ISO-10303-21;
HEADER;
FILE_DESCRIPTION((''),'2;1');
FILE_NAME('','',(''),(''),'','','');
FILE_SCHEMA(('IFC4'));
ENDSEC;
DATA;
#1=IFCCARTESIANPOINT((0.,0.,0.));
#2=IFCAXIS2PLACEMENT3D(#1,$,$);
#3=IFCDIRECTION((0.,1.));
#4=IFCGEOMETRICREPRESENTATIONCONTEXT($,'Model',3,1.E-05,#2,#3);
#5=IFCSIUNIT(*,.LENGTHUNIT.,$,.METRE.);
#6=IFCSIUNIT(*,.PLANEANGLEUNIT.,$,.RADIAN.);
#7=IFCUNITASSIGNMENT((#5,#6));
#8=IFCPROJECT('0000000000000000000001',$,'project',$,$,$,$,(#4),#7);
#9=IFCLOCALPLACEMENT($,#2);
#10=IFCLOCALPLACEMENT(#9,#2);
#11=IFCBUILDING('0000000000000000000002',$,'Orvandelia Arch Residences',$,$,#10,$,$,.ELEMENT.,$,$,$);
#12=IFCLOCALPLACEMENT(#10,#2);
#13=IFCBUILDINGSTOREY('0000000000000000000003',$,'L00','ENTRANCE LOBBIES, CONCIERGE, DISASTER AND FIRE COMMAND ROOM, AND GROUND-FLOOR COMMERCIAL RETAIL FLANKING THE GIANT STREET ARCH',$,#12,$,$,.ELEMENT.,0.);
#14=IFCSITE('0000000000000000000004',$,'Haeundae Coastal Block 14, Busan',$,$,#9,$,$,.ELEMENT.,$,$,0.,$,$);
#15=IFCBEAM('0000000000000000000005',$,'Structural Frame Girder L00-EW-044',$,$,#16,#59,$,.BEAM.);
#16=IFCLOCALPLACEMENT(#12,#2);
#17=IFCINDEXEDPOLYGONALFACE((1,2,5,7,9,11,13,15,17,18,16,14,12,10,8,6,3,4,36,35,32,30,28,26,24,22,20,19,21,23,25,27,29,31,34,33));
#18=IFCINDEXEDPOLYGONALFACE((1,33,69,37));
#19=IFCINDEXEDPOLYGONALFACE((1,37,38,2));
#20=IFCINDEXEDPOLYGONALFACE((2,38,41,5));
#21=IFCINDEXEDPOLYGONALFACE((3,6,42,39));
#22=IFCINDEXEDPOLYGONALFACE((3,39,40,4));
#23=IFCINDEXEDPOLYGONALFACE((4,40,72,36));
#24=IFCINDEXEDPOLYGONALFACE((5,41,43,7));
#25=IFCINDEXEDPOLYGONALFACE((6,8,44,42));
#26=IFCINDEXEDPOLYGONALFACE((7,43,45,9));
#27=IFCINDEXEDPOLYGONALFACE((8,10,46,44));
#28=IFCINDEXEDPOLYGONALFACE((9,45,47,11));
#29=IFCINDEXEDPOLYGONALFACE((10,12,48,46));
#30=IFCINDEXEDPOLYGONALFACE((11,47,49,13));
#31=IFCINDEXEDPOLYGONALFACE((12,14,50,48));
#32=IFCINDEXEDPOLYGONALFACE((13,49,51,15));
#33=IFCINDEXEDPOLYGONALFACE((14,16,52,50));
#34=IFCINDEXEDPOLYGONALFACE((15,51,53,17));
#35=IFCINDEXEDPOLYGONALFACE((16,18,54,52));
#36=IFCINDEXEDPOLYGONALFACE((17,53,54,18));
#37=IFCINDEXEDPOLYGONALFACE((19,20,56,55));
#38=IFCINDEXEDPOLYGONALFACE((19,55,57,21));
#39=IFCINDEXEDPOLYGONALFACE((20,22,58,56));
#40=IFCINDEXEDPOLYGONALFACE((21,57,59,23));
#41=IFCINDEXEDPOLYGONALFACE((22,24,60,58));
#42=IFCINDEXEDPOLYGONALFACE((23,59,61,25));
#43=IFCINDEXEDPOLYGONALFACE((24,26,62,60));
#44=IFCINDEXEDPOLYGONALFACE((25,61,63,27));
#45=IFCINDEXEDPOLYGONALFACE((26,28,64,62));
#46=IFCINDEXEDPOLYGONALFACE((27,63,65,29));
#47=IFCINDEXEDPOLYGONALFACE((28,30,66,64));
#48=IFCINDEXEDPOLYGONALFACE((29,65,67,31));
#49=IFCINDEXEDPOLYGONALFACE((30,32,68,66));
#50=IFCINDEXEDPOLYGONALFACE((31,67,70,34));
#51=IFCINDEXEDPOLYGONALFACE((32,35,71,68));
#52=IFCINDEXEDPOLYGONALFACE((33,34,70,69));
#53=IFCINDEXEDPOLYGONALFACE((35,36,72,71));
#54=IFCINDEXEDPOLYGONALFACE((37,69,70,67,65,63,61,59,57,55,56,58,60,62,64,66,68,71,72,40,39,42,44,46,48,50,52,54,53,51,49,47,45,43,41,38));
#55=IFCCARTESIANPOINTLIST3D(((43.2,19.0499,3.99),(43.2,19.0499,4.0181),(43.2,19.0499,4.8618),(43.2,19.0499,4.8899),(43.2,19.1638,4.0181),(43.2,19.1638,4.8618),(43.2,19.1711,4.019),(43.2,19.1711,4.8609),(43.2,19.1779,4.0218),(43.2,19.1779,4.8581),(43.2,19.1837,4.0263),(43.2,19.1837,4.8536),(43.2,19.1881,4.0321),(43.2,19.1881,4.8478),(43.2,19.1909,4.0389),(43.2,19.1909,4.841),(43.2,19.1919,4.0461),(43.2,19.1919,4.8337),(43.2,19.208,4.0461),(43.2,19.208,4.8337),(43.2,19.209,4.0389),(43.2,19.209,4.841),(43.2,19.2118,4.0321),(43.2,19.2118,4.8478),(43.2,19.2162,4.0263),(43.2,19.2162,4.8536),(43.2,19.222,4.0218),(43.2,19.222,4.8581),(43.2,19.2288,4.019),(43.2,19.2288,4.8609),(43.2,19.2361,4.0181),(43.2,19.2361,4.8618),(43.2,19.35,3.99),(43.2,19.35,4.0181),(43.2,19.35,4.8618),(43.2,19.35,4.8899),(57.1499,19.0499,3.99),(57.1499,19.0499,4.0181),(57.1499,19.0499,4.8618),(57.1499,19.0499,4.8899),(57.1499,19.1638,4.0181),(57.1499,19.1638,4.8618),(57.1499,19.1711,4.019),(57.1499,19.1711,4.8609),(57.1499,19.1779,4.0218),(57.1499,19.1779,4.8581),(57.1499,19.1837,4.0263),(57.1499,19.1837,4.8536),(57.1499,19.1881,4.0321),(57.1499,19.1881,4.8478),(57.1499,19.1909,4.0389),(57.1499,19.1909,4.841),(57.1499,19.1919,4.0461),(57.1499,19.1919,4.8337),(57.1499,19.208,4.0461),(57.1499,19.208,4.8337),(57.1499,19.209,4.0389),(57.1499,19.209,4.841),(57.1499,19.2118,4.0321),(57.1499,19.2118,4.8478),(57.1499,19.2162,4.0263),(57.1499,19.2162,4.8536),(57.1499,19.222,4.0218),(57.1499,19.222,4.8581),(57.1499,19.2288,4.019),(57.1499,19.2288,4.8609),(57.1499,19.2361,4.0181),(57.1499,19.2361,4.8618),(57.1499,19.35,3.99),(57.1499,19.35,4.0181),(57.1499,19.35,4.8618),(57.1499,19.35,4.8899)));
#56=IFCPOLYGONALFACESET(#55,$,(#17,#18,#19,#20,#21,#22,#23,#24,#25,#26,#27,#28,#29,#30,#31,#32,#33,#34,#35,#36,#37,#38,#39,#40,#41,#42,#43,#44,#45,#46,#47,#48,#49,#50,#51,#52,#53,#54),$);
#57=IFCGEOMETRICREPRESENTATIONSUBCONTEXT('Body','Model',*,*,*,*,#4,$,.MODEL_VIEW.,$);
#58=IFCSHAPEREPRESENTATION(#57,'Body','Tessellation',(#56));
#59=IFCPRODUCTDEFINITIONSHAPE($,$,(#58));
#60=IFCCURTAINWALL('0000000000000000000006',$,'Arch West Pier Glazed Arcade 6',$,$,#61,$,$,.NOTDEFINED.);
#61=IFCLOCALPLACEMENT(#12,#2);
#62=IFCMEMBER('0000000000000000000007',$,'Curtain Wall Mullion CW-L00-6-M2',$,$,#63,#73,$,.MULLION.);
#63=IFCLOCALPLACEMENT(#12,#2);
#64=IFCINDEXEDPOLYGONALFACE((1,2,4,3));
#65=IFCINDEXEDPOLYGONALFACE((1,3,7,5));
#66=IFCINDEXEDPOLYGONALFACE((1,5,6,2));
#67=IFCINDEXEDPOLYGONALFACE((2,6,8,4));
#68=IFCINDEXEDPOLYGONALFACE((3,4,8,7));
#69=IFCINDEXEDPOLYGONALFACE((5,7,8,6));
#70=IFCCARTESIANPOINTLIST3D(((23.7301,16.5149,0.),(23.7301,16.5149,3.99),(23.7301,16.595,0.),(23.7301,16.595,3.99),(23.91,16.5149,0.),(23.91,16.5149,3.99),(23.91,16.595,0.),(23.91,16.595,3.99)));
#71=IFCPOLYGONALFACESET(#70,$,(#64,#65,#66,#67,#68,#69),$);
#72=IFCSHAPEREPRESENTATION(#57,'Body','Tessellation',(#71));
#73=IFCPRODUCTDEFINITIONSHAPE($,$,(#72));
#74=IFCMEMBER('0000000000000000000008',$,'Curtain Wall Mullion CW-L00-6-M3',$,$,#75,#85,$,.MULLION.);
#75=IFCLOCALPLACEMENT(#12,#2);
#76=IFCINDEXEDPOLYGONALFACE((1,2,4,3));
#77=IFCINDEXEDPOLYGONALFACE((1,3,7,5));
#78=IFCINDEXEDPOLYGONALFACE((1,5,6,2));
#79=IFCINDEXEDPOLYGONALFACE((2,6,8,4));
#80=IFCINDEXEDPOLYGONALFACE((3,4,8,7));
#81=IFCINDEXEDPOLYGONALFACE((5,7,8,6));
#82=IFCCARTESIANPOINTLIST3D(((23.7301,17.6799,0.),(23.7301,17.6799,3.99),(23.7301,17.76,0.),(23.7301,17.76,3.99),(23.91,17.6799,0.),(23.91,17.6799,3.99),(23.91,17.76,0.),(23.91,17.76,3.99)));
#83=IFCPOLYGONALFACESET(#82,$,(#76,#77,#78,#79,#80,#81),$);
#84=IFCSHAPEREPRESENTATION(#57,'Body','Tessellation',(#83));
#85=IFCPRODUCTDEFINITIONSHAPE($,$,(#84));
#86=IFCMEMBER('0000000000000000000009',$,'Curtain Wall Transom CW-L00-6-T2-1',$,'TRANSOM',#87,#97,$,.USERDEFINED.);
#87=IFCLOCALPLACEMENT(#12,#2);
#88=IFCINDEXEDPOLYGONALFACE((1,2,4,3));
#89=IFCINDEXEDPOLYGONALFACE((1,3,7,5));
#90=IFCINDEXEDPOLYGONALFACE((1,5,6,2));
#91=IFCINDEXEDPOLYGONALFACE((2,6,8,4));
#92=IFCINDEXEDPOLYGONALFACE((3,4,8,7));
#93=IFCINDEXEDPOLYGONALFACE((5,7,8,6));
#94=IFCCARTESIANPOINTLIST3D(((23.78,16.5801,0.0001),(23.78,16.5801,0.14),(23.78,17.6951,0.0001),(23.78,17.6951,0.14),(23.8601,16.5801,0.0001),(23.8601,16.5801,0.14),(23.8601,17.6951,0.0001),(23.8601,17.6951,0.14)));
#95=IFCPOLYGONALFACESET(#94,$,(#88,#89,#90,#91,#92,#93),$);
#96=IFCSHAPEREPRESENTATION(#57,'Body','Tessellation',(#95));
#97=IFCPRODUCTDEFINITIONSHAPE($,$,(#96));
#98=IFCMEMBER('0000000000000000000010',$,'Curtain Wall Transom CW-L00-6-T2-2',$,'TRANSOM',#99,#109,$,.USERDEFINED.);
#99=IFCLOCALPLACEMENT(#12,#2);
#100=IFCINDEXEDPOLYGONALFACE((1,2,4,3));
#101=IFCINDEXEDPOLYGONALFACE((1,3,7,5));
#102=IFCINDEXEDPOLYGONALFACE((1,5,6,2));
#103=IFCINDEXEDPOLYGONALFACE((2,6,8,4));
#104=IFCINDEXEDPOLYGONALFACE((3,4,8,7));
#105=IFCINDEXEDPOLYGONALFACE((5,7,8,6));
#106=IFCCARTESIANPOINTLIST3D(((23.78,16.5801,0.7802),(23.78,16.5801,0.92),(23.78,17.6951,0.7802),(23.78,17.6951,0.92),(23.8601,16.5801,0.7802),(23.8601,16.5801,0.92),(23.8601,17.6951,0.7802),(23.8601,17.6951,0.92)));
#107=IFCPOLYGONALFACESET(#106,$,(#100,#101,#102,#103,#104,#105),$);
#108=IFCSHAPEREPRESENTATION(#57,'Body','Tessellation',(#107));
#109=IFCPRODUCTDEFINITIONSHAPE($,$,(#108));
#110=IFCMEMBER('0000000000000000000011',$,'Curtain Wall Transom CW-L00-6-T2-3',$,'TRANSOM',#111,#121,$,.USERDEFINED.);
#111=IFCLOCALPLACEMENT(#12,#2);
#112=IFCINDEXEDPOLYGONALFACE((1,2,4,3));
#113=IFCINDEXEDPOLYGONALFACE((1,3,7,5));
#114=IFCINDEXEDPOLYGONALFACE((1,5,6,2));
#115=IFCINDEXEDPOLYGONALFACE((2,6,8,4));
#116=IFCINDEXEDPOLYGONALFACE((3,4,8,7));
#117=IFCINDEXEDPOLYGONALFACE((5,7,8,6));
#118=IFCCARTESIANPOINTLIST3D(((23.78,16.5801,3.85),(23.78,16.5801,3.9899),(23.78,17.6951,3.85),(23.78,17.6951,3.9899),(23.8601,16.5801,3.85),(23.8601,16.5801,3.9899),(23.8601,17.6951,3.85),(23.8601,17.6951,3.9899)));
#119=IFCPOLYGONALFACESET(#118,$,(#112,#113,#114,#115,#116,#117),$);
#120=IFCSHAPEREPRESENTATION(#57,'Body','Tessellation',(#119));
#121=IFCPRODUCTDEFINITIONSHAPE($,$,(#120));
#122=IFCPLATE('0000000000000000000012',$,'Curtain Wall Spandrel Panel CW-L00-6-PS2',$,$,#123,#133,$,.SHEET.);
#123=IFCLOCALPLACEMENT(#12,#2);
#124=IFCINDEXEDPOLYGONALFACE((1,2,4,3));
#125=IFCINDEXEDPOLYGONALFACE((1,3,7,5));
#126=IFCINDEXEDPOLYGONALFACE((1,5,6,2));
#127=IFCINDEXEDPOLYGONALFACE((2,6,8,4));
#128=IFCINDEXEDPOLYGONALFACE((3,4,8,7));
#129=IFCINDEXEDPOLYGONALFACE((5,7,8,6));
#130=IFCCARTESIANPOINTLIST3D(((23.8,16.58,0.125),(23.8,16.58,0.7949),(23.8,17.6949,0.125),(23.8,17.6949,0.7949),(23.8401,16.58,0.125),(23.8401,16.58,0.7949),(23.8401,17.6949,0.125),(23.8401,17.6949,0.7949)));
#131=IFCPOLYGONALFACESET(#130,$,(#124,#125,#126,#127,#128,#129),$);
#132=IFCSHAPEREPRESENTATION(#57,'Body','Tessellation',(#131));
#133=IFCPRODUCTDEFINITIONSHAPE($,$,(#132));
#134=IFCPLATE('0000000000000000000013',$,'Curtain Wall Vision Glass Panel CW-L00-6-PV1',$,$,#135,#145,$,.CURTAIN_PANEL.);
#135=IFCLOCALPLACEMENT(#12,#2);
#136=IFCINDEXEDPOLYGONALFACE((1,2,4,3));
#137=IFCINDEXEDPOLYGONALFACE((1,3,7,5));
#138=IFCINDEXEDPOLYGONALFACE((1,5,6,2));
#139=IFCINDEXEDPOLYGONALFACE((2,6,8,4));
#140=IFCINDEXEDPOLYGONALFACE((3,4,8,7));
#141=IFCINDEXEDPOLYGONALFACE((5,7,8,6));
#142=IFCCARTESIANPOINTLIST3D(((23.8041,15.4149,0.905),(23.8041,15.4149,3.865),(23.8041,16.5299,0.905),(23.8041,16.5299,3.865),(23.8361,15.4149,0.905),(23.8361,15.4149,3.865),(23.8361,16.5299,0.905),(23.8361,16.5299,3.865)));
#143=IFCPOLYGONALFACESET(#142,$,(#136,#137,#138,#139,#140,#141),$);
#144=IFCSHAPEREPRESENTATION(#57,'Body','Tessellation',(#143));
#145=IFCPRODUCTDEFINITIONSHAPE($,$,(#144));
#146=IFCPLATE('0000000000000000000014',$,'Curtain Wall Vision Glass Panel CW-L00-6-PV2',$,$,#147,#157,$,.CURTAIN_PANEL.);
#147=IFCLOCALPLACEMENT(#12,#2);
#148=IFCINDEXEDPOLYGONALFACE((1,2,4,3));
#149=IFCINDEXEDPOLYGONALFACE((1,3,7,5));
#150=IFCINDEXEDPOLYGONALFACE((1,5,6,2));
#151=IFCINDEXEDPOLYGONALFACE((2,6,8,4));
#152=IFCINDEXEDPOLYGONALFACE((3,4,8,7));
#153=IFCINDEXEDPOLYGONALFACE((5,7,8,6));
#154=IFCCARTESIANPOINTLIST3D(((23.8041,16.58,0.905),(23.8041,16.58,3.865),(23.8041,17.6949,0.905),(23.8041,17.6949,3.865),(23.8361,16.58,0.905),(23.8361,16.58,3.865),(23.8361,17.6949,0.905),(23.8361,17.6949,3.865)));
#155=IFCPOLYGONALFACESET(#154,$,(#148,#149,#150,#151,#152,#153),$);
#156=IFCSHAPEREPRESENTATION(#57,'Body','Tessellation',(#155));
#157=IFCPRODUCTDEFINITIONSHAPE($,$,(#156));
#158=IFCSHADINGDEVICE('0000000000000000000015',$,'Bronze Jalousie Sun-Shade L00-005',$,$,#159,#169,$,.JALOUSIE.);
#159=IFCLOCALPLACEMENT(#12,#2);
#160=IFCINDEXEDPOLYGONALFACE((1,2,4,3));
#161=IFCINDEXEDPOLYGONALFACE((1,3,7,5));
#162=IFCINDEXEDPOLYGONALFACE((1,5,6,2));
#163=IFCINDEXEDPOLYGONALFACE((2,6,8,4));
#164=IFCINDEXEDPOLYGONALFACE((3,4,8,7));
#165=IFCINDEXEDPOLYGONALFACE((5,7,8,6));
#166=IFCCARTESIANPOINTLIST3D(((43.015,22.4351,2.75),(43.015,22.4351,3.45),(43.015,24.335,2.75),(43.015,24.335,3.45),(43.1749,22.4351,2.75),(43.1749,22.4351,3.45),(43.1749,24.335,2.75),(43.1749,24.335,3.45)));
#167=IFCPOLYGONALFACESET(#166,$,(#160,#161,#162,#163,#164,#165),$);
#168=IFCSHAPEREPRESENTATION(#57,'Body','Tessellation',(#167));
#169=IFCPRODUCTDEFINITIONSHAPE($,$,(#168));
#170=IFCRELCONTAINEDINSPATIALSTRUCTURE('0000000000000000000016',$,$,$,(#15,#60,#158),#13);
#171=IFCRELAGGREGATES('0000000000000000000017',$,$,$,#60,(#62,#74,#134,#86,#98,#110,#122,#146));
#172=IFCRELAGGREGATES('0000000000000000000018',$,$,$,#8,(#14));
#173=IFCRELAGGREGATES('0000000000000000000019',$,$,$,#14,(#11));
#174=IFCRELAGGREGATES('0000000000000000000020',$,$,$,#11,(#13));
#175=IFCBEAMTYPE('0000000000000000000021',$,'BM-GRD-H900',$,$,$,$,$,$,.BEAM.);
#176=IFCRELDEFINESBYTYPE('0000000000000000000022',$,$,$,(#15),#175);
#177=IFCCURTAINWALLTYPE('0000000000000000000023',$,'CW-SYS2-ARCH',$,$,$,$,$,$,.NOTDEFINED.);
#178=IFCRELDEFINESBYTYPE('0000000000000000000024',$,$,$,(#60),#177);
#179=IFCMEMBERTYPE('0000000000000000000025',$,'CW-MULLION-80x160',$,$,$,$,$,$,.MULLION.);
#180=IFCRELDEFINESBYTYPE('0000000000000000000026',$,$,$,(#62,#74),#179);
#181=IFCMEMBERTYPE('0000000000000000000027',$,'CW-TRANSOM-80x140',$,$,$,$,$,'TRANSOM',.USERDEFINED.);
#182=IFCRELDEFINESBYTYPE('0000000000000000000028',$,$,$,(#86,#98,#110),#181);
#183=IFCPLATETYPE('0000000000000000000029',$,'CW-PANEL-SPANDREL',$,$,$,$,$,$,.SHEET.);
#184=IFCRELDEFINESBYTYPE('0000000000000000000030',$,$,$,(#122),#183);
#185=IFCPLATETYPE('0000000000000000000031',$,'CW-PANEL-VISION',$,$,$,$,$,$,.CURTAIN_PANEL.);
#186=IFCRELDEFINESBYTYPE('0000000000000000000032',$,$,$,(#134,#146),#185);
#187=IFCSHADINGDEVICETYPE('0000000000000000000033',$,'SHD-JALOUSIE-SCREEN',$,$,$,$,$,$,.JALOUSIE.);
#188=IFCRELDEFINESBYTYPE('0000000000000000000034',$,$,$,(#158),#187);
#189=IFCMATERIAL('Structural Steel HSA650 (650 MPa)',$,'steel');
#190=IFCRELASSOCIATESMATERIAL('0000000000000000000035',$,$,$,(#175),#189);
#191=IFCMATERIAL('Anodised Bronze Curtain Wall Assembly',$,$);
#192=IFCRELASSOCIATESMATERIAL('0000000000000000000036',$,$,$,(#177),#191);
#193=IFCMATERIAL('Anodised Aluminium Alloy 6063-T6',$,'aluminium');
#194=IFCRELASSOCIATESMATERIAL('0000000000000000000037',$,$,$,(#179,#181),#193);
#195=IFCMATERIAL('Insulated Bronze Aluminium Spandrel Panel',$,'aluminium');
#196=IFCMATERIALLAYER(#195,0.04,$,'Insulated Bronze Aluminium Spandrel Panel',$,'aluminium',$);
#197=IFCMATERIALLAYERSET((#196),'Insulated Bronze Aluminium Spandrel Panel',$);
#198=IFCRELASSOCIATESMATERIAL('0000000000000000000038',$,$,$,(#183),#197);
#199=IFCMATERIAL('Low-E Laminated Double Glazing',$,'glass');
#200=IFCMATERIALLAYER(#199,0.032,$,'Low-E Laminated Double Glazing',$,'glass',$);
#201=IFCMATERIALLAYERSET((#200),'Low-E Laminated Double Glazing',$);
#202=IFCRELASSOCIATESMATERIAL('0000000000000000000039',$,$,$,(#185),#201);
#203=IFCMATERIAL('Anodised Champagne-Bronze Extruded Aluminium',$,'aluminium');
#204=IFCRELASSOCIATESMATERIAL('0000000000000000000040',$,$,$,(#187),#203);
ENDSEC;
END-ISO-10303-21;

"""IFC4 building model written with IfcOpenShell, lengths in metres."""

from ifc_helpers import new_model, si_unit, direction, frame, origin, origin_2d, place, context, subcontext, project, spatial, rectangle, i_section, extrude, material, layer, layer_set, material_profile, profile_set, type_object, element, aggregate, save


model = new_model("IFC4")

# Units and contexts
model_context = context("Model", 3, precision=1e-05, world=origin(), true_north=direction((0.0, 1.0)))
body_context = subcontext(model_context, "Body", "Model", "MODEL_VIEW")
ifc_project = project(units=[si_unit("LENGTHUNIT", "METRE"), si_unit("PLANEANGLEUNIT", "RADIAN")], contexts=[model_context])

# Site, building, storey
site_placement = place(None, origin())
site = spatial("IfcSite", under=ifc_project, at=site_placement, Name="Haeundae Coastal Block 14, Busan", CompositionType="ELEMENT", RefElevation=0.0)
building_placement = place(site_placement, origin())
building = spatial("IfcBuilding", under=site, at=building_placement, Name="Orvandelia Arch Residences", CompositionType="ELEMENT")
storey_placement = place(building_placement, origin())
storey = spatial("IfcBuildingStorey", under=building, at=storey_placement, Name="L00", Description="ENTRANCE LOBBIES, CONCIERGE, DISASTER AND FIRE COMMAND ROOM, AND GROUND-FLOOR COMMERCIAL RETAIL FLANKING THE GIANT STREET ARCH", CompositionType="ELEMENT", Elevation=0.0)

# Beam
ifc_material_1 = material(Name="Structural Steel HSA650 (650 MPa)", Category="steel")
ifc_material_profile_1 = material_profile(ifc_material_1, i_section(OverallWidth=0.3, OverallDepth=0.8999, WebThickness=0.0161, FlangeThickness=0.0281, FilletRadius=0.0281, at=origin_2d()), Name="Structural Steel HSA650 (650 MPa)", Category="steel")
ifc_profile_set_1 = profile_set([ifc_material_profile_1], Name="Structural Steel HSA650 (650 MPa)")
beam_type = type_object("IfcBeamType", Name="BM-GRD-H900", PredefinedType="BEAM", material=ifc_profile_set_1)
beam_1_placement = place(storey_placement, frame((43.2, 19.2, 4.4399), z_axis=(1.0, 0.0, 0.0), x_axis=(0.0, 1.0, 0.0)))
element("IfcBeam", 1, at=beam_1_placement, inside=storey, type_object=beam_type, Name="Structural Frame Girder L00-EW-044", PredefinedType="BEAM", context=body_context, shape_type="SweptSolid", body=[
    extrude(i_section(OverallWidth=0.3, OverallDepth=0.8999, WebThickness=0.0161, FlangeThickness=0.0281, FilletRadius=0.0281, at=origin_2d()), origin(), (0.0, 0.0, 1.0), 13.95),
])

# Curtain wall, members, plates
ifc_material_2 = material(Name="Anodised Bronze Curtain Wall Assembly")
curtain_wall_type = type_object("IfcCurtainWallType", Name="CW-SYS2-ARCH", PredefinedType="NOTDEFINED", material=ifc_material_2)
curtain_wall_placement = place(storey_placement, origin())
curtain_wall = element("IfcCurtainWall", 2, at=curtain_wall_placement, inside=storey, type_object=curtain_wall_type, Name="Arch West Pier Glazed Arcade 6", PredefinedType="NOTDEFINED")
ifc_material_3 = material(Name="Anodised Aluminium Alloy 6063-T6", Category="aluminium")
ifc_material_profile_2 = material_profile(ifc_material_3, rectangle(XDim=0.0801, YDim=0.1799, at=origin_2d()), Name="Anodised Aluminium Alloy 6063-T6", Category="aluminium")
ifc_profile_set_2 = profile_set([ifc_material_profile_2], Name="Anodised Aluminium Alloy 6063-T6")
member_type_1 = type_object("IfcMemberType", Name="CW-MULLION-80x160", PredefinedType="MULLION", material=ifc_profile_set_2)
member_1_placement = place(storey_placement, frame((23.8201, 16.5549, 0.0), z_axis=(0.0, 0.0, 1.0), x_axis=(0.0, 1.0, 0.0)))
member_1 = element("IfcMember", 3, at=member_1_placement, type_object=member_type_1, Name="Curtain Wall Mullion CW-L00-6-M2", PredefinedType="MULLION", context=body_context, shape_type="SweptSolid", body=[
    extrude(rectangle(XDim=0.0801, YDim=0.1799, at=origin_2d()), origin(), (0.0, 0.0, 1.0), 3.99),
])
member_2_placement = place(storey_placement, frame((23.8201, 17.72, 0.0), z_axis=(0.0, 0.0, 1.0), x_axis=(0.0, 1.0, 0.0)))
member_2 = element("IfcMember", 4, at=member_2_placement, type_object=member_type_1, Name="Curtain Wall Mullion CW-L00-6-M3", PredefinedType="MULLION", context=body_context, shape_type="SweptSolid", body=[
    extrude(rectangle(XDim=0.0801, YDim=0.1799, at=origin_2d()), origin(), (0.0, 0.0, 1.0), 3.99),
])
ifc_material_profile_3 = material_profile(ifc_material_3, rectangle(XDim=0.0801, YDim=0.1399, at=origin_2d()), Name="Anodised Aluminium Alloy 6063-T6", Category="aluminium")
ifc_profile_set_3 = profile_set([ifc_material_profile_3], Name="Anodised Aluminium Alloy 6063-T6")
member_type_2 = type_object("IfcMemberType", Name="CW-TRANSOM-80x140", ElementType="TRANSOM", PredefinedType="USERDEFINED", material=ifc_profile_set_3)
member_3_placement = place(storey_placement, frame((23.8201, 16.5801, 0.0701), z_axis=(0.0, 1.0, 0.0), x_axis=(-1.0, 0.0, 0.0)))
member_3 = element("IfcMember", 5, at=member_3_placement, type_object=member_type_2, Name="Curtain Wall Transom CW-L00-6-T2-1", ObjectType="TRANSOM", PredefinedType="USERDEFINED", context=body_context, shape_type="SweptSolid", body=[
    extrude(rectangle(XDim=0.0801, YDim=0.1399, at=origin_2d()), origin(), (0.0, 0.0, 1.0), 1.115),
])
member_4_placement = place(storey_placement, frame((23.8201, 16.5801, 0.8501), z_axis=(0.0, 1.0, 0.0), x_axis=(-1.0, 0.0, 0.0)))
member_4 = element("IfcMember", 6, at=member_4_placement, type_object=member_type_2, Name="Curtain Wall Transom CW-L00-6-T2-2", ObjectType="TRANSOM", PredefinedType="USERDEFINED", context=body_context, shape_type="SweptSolid", body=[
    extrude(rectangle(XDim=0.0801, YDim=0.1399, at=origin_2d()), origin(), (0.0, 0.0, 1.0), 1.115),
])
member_5_placement = place(storey_placement, frame((23.8201, 16.5801, 3.9199), z_axis=(0.0, 1.0, 0.0), x_axis=(-1.0, 0.0, 0.0)))
member_5 = element("IfcMember", 7, at=member_5_placement, type_object=member_type_2, Name="Curtain Wall Transom CW-L00-6-T2-3", ObjectType="TRANSOM", PredefinedType="USERDEFINED", context=body_context, shape_type="SweptSolid", body=[
    extrude(rectangle(XDim=0.0801, YDim=0.1399, at=origin_2d()), origin(), (0.0, 0.0, 1.0), 1.115),
])
ifc_material_4 = material(Name="Insulated Bronze Aluminium Spandrel Panel", Category="aluminium")
ifc_layer_1 = layer(ifc_material_4, 0.04, Name="Insulated Bronze Aluminium Spandrel Panel", Category="aluminium")
ifc_layer_set_1 = layer_set([ifc_layer_1], Name="Insulated Bronze Aluminium Spandrel Panel")
plate_type_1 = type_object("IfcPlateType", Name="CW-PANEL-SPANDREL", PredefinedType="SHEET", material=ifc_layer_set_1)
plate_1_placement = place(storey_placement, frame((23.8201, 17.1375, 0.125), z_axis=(0.0, 0.0, 1.0), x_axis=(0.0, 1.0, 0.0)))
plate_1 = element("IfcPlate", 8, at=plate_1_placement, type_object=plate_type_1, Name="Curtain Wall Spandrel Panel CW-L00-6-PS2", PredefinedType="SHEET", context=body_context, shape_type="SweptSolid", body=[
    extrude(rectangle(XDim=1.115, YDim=0.04, at=origin_2d()), origin(), (0.0, 0.0, 1.0), 0.6699),
])
ifc_material_5 = material(Name="Low-E Laminated Double Glazing", Category="glass")
ifc_layer_2 = layer(ifc_material_5, 0.032, Name="Low-E Laminated Double Glazing", Category="glass")
ifc_layer_set_2 = layer_set([ifc_layer_2], Name="Low-E Laminated Double Glazing")
plate_type_2 = type_object("IfcPlateType", Name="CW-PANEL-VISION", PredefinedType="CURTAIN_PANEL", material=ifc_layer_set_2)
plate_2_placement = place(storey_placement, frame((23.8201, 15.9724, 0.905), z_axis=(0.0, 0.0, 1.0), x_axis=(0.0, 1.0, 0.0)))
plate_2 = element("IfcPlate", 9, at=plate_2_placement, type_object=plate_type_2, Name="Curtain Wall Vision Glass Panel CW-L00-6-PV1", PredefinedType="CURTAIN_PANEL", context=body_context, shape_type="SweptSolid", body=[
    extrude(rectangle(XDim=1.115, YDim=0.032, at=origin_2d()), origin(), (0.0, 0.0, 1.0), 2.96),
])
plate_3_placement = place(storey_placement, frame((23.8201, 17.1375, 0.905), z_axis=(0.0, 0.0, 1.0), x_axis=(0.0, 1.0, 0.0)))
plate_3 = element("IfcPlate", 10, at=plate_3_placement, type_object=plate_type_2, Name="Curtain Wall Vision Glass Panel CW-L00-6-PV2", PredefinedType="CURTAIN_PANEL", context=body_context, shape_type="SweptSolid", body=[
    extrude(rectangle(XDim=1.115, YDim=0.032, at=origin_2d()), origin(), (0.0, 0.0, 1.0), 2.96),
])
aggregate(curtain_wall, [member_1, member_2, plate_2, member_3, member_4, member_5, plate_1, plate_3])

# Shading device
ifc_material_6 = material(Name="Anodised Champagne-Bronze Extruded Aluminium", Category="aluminium")
shading_device_type = type_object("IfcShadingDeviceType", Name="SHD-JALOUSIE-SCREEN", PredefinedType="JALOUSIE", material=ifc_material_6)
shading_device_placement = place(storey_placement, frame((43.095, 23.385, 2.75), z_axis=(0.0, 0.0, 1.0), x_axis=(0.0, 1.0, 0.0)))
element("IfcShadingDevice", 11, at=shading_device_placement, inside=storey, type_object=shading_device_type, Name="Bronze Jalousie Sun-Shade L00-005", PredefinedType="JALOUSIE", context=body_context, shape_type="SweptSolid", body=[
    extrude(rectangle(XDim=1.8999, YDim=0.1599, at=origin_2d()), origin(), (0.0, 0.0, 1.0), 0.7),
])

save(model, "model.ifc")
